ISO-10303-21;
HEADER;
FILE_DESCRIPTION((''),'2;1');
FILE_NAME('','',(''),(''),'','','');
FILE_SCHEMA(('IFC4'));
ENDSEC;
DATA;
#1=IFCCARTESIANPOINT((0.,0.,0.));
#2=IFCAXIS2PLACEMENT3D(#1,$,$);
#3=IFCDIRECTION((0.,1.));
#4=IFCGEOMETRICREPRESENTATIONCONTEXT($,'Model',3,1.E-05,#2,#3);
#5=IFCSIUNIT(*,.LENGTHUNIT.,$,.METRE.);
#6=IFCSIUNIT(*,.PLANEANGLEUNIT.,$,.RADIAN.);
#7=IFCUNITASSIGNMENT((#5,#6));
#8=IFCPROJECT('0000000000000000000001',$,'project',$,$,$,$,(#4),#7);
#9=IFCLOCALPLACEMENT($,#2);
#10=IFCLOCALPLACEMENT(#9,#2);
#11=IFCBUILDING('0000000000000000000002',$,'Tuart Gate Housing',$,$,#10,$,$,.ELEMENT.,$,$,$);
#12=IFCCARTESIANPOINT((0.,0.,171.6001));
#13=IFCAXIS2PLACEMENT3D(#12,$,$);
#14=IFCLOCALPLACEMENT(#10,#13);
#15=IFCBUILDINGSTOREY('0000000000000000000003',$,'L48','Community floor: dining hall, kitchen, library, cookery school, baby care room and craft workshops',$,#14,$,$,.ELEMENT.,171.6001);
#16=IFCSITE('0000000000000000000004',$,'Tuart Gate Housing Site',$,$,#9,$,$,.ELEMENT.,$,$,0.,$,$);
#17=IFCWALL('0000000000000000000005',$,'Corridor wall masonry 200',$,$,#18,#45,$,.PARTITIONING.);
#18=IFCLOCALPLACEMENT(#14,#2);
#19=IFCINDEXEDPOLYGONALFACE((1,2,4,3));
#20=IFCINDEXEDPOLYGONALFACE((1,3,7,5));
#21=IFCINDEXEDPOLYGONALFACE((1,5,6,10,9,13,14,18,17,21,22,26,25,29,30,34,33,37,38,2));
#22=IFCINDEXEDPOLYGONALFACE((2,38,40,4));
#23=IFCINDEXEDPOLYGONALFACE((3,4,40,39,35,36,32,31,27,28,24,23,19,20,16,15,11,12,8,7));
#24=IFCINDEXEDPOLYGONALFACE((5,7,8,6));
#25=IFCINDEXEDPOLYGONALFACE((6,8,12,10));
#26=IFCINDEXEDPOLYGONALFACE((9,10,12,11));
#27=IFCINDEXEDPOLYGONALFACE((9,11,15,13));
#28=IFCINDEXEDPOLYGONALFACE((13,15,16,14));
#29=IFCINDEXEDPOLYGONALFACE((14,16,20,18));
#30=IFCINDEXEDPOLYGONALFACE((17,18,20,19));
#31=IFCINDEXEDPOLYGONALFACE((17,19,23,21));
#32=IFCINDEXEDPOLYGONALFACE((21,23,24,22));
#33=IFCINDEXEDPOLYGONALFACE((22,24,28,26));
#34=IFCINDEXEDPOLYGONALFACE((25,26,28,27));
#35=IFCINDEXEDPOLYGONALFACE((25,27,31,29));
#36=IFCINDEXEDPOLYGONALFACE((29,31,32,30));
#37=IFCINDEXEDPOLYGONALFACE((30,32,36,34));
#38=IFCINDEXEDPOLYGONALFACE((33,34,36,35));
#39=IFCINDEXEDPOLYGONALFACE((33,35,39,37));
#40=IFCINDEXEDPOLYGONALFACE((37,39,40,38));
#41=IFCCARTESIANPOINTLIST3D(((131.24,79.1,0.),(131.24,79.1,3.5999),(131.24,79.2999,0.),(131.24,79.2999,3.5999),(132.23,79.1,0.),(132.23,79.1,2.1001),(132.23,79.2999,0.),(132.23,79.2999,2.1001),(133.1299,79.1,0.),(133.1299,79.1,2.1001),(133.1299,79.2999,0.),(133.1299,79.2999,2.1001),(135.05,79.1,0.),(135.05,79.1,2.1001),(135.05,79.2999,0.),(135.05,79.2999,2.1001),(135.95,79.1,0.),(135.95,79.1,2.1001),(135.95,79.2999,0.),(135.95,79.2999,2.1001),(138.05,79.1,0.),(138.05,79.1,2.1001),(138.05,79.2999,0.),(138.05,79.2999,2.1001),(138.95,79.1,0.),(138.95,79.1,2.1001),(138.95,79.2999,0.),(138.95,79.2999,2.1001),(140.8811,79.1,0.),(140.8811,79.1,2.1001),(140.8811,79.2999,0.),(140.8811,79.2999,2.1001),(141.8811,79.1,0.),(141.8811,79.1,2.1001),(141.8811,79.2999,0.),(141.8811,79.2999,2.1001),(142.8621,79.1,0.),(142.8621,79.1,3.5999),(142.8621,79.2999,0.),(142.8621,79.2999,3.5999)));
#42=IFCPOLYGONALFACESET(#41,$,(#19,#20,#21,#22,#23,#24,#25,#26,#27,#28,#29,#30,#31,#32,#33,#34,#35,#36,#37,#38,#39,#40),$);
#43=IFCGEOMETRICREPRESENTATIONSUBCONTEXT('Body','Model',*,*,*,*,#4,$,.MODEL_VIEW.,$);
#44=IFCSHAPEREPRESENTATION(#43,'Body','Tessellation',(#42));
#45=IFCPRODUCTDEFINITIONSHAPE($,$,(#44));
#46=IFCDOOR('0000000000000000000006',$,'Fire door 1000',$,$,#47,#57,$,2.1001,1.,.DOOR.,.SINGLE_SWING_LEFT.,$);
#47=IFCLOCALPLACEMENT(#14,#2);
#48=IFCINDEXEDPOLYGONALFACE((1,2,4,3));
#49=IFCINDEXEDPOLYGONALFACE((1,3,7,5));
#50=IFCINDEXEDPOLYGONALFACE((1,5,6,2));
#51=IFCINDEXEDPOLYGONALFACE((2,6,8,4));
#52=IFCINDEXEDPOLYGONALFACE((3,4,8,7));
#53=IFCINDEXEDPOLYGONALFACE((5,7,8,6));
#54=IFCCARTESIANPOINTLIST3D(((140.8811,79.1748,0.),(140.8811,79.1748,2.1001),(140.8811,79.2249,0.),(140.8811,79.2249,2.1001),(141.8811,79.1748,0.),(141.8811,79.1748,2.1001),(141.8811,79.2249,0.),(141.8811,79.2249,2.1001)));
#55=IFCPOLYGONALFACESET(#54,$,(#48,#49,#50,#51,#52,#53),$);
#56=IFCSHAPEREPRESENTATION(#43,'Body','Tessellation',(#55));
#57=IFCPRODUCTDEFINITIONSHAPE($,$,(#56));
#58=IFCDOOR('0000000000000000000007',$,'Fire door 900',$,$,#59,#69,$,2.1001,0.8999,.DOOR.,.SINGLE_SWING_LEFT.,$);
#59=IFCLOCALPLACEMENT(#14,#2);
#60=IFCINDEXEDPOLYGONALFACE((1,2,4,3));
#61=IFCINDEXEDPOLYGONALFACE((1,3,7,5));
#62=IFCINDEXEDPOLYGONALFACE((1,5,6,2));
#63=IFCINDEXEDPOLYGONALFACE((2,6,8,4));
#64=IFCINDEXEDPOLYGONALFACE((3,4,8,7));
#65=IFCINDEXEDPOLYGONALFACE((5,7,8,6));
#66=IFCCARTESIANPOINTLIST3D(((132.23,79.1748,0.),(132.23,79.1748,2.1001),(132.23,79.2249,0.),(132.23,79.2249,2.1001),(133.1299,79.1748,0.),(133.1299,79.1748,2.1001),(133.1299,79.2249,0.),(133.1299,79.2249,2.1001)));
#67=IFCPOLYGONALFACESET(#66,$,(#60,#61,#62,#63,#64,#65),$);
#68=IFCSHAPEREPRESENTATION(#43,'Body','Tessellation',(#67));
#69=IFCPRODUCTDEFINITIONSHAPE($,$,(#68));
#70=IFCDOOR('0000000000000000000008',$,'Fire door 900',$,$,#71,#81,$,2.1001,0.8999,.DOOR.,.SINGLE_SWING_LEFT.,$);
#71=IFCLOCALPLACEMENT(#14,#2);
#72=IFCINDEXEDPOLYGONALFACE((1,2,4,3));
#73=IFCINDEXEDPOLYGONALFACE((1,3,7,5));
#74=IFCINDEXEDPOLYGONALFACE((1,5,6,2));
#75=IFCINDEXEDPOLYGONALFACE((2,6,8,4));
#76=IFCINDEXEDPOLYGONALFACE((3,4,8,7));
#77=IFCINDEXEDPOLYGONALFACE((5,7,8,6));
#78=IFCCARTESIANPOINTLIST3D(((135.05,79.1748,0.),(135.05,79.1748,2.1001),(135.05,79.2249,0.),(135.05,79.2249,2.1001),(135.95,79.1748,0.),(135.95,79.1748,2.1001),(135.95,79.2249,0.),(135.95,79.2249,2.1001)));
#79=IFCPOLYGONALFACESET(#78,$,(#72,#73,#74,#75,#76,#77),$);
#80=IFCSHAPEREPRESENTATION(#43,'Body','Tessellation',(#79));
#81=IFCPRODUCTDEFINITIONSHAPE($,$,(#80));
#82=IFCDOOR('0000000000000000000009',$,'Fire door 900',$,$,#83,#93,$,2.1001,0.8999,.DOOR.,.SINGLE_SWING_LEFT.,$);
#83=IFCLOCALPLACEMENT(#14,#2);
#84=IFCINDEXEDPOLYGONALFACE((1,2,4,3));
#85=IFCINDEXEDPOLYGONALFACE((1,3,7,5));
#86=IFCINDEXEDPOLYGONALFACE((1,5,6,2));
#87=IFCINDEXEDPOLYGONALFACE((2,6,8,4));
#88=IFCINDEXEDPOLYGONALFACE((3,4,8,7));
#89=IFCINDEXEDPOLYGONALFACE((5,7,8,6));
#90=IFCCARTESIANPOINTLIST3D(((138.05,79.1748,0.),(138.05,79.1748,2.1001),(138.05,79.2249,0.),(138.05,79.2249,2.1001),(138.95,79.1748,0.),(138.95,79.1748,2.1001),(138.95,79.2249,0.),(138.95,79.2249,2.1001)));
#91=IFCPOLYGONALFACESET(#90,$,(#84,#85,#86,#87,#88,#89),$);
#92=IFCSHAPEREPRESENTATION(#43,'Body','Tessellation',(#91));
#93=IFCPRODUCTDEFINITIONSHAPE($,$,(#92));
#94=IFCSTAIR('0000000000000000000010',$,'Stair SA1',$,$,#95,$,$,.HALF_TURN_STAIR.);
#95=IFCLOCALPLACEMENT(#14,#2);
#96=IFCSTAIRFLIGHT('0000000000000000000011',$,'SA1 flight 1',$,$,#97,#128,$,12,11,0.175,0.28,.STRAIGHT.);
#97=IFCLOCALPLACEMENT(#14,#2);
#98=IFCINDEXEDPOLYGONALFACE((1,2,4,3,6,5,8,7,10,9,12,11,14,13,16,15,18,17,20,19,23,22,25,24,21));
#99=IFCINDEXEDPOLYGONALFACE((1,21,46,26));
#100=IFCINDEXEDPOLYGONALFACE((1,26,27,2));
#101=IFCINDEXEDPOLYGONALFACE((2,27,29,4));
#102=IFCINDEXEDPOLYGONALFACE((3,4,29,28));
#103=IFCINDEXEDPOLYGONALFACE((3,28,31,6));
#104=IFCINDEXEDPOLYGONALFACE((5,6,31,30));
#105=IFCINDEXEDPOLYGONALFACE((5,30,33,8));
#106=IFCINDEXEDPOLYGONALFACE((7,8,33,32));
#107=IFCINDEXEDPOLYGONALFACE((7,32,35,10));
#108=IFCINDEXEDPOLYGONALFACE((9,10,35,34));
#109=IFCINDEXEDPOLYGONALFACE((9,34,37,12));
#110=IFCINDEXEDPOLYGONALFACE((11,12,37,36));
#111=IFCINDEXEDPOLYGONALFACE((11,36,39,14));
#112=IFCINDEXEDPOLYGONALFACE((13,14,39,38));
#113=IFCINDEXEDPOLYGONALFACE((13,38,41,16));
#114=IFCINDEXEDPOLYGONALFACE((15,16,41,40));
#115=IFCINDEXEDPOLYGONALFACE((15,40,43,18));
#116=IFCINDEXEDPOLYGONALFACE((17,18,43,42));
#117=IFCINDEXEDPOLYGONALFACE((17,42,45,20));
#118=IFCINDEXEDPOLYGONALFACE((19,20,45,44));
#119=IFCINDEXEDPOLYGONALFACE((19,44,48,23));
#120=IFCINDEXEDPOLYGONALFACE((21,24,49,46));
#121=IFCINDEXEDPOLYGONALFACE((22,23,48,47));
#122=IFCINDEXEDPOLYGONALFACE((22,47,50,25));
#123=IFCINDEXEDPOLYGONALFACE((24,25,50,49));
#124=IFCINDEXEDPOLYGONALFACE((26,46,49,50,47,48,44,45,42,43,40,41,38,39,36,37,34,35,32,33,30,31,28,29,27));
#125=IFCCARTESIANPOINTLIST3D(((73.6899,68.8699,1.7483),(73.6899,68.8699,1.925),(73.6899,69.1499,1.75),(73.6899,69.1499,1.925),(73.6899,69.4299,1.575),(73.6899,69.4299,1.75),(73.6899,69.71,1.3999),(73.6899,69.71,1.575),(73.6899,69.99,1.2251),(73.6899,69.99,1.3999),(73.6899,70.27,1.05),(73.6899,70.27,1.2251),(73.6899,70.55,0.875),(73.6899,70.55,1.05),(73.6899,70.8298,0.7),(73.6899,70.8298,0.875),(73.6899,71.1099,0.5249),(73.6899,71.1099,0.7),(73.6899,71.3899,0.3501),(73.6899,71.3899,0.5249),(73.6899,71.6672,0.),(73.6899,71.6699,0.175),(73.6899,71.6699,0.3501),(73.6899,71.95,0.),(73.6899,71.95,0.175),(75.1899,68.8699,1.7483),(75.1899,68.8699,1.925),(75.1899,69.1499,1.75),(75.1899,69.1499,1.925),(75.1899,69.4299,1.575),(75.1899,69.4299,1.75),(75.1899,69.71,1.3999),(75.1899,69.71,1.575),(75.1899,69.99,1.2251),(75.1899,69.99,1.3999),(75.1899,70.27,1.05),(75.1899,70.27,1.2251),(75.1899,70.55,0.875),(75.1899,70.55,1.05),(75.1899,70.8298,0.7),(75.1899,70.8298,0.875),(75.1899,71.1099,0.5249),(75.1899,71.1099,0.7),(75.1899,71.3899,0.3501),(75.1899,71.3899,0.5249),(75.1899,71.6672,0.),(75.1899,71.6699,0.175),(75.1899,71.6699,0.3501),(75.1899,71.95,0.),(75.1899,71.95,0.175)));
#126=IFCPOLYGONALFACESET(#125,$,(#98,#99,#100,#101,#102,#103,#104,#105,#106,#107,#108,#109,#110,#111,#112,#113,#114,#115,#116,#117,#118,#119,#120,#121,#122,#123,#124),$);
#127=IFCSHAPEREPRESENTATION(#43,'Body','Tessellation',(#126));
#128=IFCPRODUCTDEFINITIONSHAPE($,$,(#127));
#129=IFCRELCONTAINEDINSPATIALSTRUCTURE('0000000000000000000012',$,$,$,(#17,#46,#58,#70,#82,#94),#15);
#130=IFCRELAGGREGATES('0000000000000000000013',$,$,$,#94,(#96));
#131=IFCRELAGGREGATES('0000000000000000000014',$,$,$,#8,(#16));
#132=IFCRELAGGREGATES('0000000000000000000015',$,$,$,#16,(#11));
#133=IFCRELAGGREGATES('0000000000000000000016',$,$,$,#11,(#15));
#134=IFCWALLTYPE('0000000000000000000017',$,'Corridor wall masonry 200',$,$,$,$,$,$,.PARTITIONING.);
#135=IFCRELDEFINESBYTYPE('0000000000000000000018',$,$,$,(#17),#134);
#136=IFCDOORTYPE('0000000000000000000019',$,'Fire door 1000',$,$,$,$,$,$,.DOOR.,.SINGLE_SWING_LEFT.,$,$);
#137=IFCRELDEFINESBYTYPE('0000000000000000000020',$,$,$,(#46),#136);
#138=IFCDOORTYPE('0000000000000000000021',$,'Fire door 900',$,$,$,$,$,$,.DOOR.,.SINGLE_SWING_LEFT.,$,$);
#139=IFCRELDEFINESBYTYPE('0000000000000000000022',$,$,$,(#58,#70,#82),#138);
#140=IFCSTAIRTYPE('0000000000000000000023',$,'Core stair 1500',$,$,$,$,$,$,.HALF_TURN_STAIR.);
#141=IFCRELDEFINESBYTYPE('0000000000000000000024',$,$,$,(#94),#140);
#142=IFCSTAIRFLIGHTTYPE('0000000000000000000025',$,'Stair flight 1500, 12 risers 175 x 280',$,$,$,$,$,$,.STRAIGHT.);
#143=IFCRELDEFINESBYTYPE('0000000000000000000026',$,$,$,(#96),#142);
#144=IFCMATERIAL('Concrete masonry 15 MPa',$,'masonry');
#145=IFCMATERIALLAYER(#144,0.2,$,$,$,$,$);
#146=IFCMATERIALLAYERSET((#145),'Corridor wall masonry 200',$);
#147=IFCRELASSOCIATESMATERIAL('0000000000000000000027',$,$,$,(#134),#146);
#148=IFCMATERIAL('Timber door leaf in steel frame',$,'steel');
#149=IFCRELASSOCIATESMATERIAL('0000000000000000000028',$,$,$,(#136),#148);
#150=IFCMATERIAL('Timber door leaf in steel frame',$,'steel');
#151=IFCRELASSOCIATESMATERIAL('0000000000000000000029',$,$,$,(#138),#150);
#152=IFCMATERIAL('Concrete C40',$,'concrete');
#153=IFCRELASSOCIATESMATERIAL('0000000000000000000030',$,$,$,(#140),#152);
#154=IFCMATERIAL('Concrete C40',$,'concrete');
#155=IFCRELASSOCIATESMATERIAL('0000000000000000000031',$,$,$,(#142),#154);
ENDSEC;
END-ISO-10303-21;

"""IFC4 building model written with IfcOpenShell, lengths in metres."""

from ifc_helpers import new_model, si_unit, direction, frame, frame_2d, origin, place, context, subcontext, project, spatial, polyline, rectangle, outline, extrude, material, layer, layer_set, type_object, element, fill, aggregate, save


model = new_model("IFC4")

# Units and contexts
model_context = context("Model", 3, precision=1e-05, world=origin(), true_north=direction((0.0, 1.0)))
body_context = subcontext(model_context, "Body", "Model", "MODEL_VIEW")
ifc_project = project(units=[si_unit("LENGTHUNIT", "METRE"), si_unit("PLANEANGLEUNIT", "RADIAN")], contexts=[model_context])

# Site, building, storey
site_placement = place(None, origin())
site = spatial("IfcSite", under=ifc_project, at=site_placement, Name="Tuart Gate Housing Site", CompositionType="ELEMENT", RefElevation=0.0)
building_placement = place(site_placement, origin())
building = spatial("IfcBuilding", under=site, at=building_placement, Name="Tuart Gate Housing", CompositionType="ELEMENT")
storey_placement = place(building_placement, frame((0.0, 0.0, 171.6001)))
storey = spatial("IfcBuildingStorey", under=building, at=storey_placement, Name="L48", Description="Community floor: dining hall, kitchen, library, cookery school, baby care room and craft workshops", CompositionType="ELEMENT", Elevation=171.6001)

# Wall, openings, doors
ifc_material_1 = material(Name="Concrete masonry 15 MPa", Category="masonry")
ifc_layer_1 = layer(ifc_material_1, 0.2)
ifc_layer_set_1 = layer_set([ifc_layer_1], Name="Corridor wall masonry 200")
wall_type_1 = type_object("IfcWallType", Name="Corridor wall masonry 200", PredefinedType="PARTITIONING", material=ifc_layer_set_1)
wall_1_placement = place(storey_placement, frame((131.24, 79.2, 0.0), z_axis=(0.0, 0.0, 1.0), x_axis=(1.0, 0.0, 0.0)))
wall_1 = element("IfcWall", 1, at=wall_1_placement, inside=storey, type_object=wall_type_1, Name="Corridor wall masonry 200", PredefinedType="PARTITIONING", context=body_context, shape_type="SweptSolid", body=[
    extrude(rectangle(XDim=11.6221, YDim=0.2, at=frame_2d((5.811, 0.0))), origin(), (0.0, 0.0, 1.0), 3.5999),
])
opening_1_placement = place(wall_1_placement, frame((0.99, 0.0, 0.0)))
opening_1 = element("IfcOpeningElement", 2, at=opening_1_placement, cuts=wall_1, PredefinedType="OPENING", context=body_context, shape_type="SweptSolid", body=[
    extrude(rectangle(XDim=0.8999, YDim=2.1001, at=frame_2d((0.45, 1.05))), frame((0.0, 0.1099, 0.0), z_axis=(0.0, -1.0, 0.0), x_axis=(1.0, 0.0, 0.0)), (0.0, 0.0, 1.0), 0.22),
])
opening_2_placement = place(wall_1_placement, frame((3.8101, 0.0, 0.0)))
opening_2 = element("IfcOpeningElement", 3, at=opening_2_placement, cuts=wall_1, PredefinedType="OPENING", context=body_context, shape_type="SweptSolid", body=[
    extrude(rectangle(XDim=0.8999, YDim=2.1001, at=frame_2d((0.45, 1.05))), frame((0.0, 0.1099, 0.0), z_axis=(0.0, -1.0, 0.0), x_axis=(1.0, 0.0, 0.0)), (0.0, 0.0, 1.0), 0.22),
])
opening_3_placement = place(wall_1_placement, frame((6.8101, 0.0, 0.0)))
opening_3 = element("IfcOpeningElement", 4, at=opening_3_placement, cuts=wall_1, PredefinedType="OPENING", context=body_context, shape_type="SweptSolid", body=[
    extrude(rectangle(XDim=0.8999, YDim=2.1001, at=frame_2d((0.45, 1.05))), frame((0.0, 0.1099, 0.0), z_axis=(0.0, -1.0, 0.0), x_axis=(1.0, 0.0, 0.0)), (0.0, 0.0, 1.0), 0.22),
])
opening_4_placement = place(wall_1_placement, frame((9.6411, 0.0, 0.0)))
opening_4 = element("IfcOpeningElement", 5, at=opening_4_placement, cuts=wall_1, PredefinedType="OPENING", context=body_context, shape_type="SweptSolid", body=[
    extrude(rectangle(XDim=1.0, YDim=2.1001, at=frame_2d((0.5, 1.05))), frame((0.0, 0.1099, 0.0), z_axis=(0.0, -1.0, 0.0), x_axis=(1.0, 0.0, 0.0)), (0.0, 0.0, 1.0), 0.22),
])
ifc_material_2 = material(Name="Timber door leaf in steel frame", Category="steel")
door_type_1 = type_object("IfcDoorType", Name="Fire door 1000", OperationType="SINGLE_SWING_LEFT", PredefinedType="DOOR", material=ifc_material_2)
door_1_placement = place(opening_4_placement, origin())
door_1 = element("IfcDoor", 6, at=door_1_placement, inside=storey, type_object=door_type_1, Name="Fire door 1000", OperationType="SINGLE_SWING_LEFT", OverallHeight=2.1001, OverallWidth=1.0, PredefinedType="DOOR", context=body_context, shape_type="SweptSolid", body=[
    extrude(rectangle(XDim=1.0, YDim=2.1001, at=frame_2d((0.5, 1.05))), frame((0.0, 0.0249, 0.0), z_axis=(0.0, -1.0, 0.0), x_axis=(1.0, 0.0, 0.0)), (0.0, 0.0, 1.0), 0.05),
])
fill(opening_4, door_1)
ifc_material_3 = material(Name="Timber door leaf in steel frame", Category="steel")
door_type_2 = type_object("IfcDoorType", Name="Fire door 900", OperationType="SINGLE_SWING_LEFT", PredefinedType="DOOR", material=ifc_material_3)
door_2_placement = place(opening_1_placement, origin())
door_2 = element("IfcDoor", 7, at=door_2_placement, inside=storey, type_object=door_type_2, Name="Fire door 900", OperationType="SINGLE_SWING_LEFT", OverallHeight=2.1001, OverallWidth=0.8999, PredefinedType="DOOR", context=body_context, shape_type="SweptSolid", body=[
    extrude(rectangle(XDim=0.8999, YDim=2.1001, at=frame_2d((0.45, 1.05))), frame((0.0, 0.0249, 0.0), z_axis=(0.0, -1.0, 0.0), x_axis=(1.0, 0.0, 0.0)), (0.0, 0.0, 1.0), 0.05),
])
fill(opening_1, door_2)
door_3_placement = place(opening_2_placement, origin())
door_3 = element("IfcDoor", 8, at=door_3_placement, inside=storey, type_object=door_type_2, Name="Fire door 900", OperationType="SINGLE_SWING_LEFT", OverallHeight=2.1001, OverallWidth=0.8999, PredefinedType="DOOR", context=body_context, shape_type="SweptSolid", body=[
    extrude(rectangle(XDim=0.8999, YDim=2.1001, at=frame_2d((0.45, 1.05))), frame((0.0, 0.0249, 0.0), z_axis=(0.0, -1.0, 0.0), x_axis=(1.0, 0.0, 0.0)), (0.0, 0.0, 1.0), 0.05),
])
fill(opening_2, door_3)
door_4_placement = place(opening_3_placement, origin())
door_4 = element("IfcDoor", 9, at=door_4_placement, inside=storey, type_object=door_type_2, Name="Fire door 900", OperationType="SINGLE_SWING_LEFT", OverallHeight=2.1001, OverallWidth=0.8999, PredefinedType="DOOR", context=body_context, shape_type="SweptSolid", body=[
    extrude(rectangle(XDim=0.8999, YDim=2.1001, at=frame_2d((0.45, 1.05))), frame((0.0, 0.0249, 0.0), z_axis=(0.0, -1.0, 0.0), x_axis=(1.0, 0.0, 0.0)), (0.0, 0.0, 1.0), 0.05),
])
fill(opening_3, door_4)

# Stair, stair flight
ifc_material_4 = material(Name="Concrete C40", Category="concrete")
stair_type = type_object("IfcStairType", Name="Core stair 1500", PredefinedType="HALF_TURN_STAIR", material=ifc_material_4)
stair_placement = place(storey_placement, origin())
stair = element("IfcStair", 10, at=stair_placement, inside=storey, type_object=stair_type, Name="Stair SA1", PredefinedType="HALF_TURN_STAIR")
ifc_material_5 = material(Name="Concrete C40", Category="concrete")
stair_flight_type = type_object("IfcStairFlightType", Name="Stair flight 1500, 12 risers 175 x 280", PredefinedType="STRAIGHT", material=ifc_material_5)
stair_flight_placement = place(storey_placement, frame((74.4399, 71.95, 0.0), z_axis=(0.0, 0.0, 1.0), x_axis=(0.0, -1.0, 0.0)))
stair_flight = element("IfcStairFlight", 11, at=stair_flight_placement, type_object=stair_flight_type, Name="SA1 flight 1", NumberOfRisers=12, NumberOfTreads=11, PredefinedType="STRAIGHT", RiserHeight=0.175, TreadLength=0.28, context=body_context, shape_type="SweptSolid", body=[
    extrude(outline(polyline([(0.0, 0.0), (0.0, 0.175), (0.28, 0.175), (0.28, 0.3501), (0.5601, 0.3501), (0.5601, 0.5249), (0.8401, 0.5249), (0.8401, 0.7), (1.1201, 0.7), (1.1201, 0.875), (1.3999, 0.875), (1.3999, 1.05), (1.6799, 1.05), (1.6799, 1.2251), (1.96, 1.2251), (1.96, 1.3999), (2.24, 1.3999), (2.24, 1.575), (2.52, 1.575), (2.52, 1.75), (2.8, 1.75), (2.8, 1.925), (3.0801, 1.925), (3.0801, 2.1001), (3.0801, 1.7483), (0.2827, 0.0), (0.0, 0.0)])), frame((0.0, 0.75, 0.0), z_axis=(0.0, -1.0, 0.0), x_axis=(1.0, 0.0, 0.0)), (0.0, 0.0, 1.0), 1.5),
])
aggregate(stair, [stair_flight])

save(model, "model.ifc")
